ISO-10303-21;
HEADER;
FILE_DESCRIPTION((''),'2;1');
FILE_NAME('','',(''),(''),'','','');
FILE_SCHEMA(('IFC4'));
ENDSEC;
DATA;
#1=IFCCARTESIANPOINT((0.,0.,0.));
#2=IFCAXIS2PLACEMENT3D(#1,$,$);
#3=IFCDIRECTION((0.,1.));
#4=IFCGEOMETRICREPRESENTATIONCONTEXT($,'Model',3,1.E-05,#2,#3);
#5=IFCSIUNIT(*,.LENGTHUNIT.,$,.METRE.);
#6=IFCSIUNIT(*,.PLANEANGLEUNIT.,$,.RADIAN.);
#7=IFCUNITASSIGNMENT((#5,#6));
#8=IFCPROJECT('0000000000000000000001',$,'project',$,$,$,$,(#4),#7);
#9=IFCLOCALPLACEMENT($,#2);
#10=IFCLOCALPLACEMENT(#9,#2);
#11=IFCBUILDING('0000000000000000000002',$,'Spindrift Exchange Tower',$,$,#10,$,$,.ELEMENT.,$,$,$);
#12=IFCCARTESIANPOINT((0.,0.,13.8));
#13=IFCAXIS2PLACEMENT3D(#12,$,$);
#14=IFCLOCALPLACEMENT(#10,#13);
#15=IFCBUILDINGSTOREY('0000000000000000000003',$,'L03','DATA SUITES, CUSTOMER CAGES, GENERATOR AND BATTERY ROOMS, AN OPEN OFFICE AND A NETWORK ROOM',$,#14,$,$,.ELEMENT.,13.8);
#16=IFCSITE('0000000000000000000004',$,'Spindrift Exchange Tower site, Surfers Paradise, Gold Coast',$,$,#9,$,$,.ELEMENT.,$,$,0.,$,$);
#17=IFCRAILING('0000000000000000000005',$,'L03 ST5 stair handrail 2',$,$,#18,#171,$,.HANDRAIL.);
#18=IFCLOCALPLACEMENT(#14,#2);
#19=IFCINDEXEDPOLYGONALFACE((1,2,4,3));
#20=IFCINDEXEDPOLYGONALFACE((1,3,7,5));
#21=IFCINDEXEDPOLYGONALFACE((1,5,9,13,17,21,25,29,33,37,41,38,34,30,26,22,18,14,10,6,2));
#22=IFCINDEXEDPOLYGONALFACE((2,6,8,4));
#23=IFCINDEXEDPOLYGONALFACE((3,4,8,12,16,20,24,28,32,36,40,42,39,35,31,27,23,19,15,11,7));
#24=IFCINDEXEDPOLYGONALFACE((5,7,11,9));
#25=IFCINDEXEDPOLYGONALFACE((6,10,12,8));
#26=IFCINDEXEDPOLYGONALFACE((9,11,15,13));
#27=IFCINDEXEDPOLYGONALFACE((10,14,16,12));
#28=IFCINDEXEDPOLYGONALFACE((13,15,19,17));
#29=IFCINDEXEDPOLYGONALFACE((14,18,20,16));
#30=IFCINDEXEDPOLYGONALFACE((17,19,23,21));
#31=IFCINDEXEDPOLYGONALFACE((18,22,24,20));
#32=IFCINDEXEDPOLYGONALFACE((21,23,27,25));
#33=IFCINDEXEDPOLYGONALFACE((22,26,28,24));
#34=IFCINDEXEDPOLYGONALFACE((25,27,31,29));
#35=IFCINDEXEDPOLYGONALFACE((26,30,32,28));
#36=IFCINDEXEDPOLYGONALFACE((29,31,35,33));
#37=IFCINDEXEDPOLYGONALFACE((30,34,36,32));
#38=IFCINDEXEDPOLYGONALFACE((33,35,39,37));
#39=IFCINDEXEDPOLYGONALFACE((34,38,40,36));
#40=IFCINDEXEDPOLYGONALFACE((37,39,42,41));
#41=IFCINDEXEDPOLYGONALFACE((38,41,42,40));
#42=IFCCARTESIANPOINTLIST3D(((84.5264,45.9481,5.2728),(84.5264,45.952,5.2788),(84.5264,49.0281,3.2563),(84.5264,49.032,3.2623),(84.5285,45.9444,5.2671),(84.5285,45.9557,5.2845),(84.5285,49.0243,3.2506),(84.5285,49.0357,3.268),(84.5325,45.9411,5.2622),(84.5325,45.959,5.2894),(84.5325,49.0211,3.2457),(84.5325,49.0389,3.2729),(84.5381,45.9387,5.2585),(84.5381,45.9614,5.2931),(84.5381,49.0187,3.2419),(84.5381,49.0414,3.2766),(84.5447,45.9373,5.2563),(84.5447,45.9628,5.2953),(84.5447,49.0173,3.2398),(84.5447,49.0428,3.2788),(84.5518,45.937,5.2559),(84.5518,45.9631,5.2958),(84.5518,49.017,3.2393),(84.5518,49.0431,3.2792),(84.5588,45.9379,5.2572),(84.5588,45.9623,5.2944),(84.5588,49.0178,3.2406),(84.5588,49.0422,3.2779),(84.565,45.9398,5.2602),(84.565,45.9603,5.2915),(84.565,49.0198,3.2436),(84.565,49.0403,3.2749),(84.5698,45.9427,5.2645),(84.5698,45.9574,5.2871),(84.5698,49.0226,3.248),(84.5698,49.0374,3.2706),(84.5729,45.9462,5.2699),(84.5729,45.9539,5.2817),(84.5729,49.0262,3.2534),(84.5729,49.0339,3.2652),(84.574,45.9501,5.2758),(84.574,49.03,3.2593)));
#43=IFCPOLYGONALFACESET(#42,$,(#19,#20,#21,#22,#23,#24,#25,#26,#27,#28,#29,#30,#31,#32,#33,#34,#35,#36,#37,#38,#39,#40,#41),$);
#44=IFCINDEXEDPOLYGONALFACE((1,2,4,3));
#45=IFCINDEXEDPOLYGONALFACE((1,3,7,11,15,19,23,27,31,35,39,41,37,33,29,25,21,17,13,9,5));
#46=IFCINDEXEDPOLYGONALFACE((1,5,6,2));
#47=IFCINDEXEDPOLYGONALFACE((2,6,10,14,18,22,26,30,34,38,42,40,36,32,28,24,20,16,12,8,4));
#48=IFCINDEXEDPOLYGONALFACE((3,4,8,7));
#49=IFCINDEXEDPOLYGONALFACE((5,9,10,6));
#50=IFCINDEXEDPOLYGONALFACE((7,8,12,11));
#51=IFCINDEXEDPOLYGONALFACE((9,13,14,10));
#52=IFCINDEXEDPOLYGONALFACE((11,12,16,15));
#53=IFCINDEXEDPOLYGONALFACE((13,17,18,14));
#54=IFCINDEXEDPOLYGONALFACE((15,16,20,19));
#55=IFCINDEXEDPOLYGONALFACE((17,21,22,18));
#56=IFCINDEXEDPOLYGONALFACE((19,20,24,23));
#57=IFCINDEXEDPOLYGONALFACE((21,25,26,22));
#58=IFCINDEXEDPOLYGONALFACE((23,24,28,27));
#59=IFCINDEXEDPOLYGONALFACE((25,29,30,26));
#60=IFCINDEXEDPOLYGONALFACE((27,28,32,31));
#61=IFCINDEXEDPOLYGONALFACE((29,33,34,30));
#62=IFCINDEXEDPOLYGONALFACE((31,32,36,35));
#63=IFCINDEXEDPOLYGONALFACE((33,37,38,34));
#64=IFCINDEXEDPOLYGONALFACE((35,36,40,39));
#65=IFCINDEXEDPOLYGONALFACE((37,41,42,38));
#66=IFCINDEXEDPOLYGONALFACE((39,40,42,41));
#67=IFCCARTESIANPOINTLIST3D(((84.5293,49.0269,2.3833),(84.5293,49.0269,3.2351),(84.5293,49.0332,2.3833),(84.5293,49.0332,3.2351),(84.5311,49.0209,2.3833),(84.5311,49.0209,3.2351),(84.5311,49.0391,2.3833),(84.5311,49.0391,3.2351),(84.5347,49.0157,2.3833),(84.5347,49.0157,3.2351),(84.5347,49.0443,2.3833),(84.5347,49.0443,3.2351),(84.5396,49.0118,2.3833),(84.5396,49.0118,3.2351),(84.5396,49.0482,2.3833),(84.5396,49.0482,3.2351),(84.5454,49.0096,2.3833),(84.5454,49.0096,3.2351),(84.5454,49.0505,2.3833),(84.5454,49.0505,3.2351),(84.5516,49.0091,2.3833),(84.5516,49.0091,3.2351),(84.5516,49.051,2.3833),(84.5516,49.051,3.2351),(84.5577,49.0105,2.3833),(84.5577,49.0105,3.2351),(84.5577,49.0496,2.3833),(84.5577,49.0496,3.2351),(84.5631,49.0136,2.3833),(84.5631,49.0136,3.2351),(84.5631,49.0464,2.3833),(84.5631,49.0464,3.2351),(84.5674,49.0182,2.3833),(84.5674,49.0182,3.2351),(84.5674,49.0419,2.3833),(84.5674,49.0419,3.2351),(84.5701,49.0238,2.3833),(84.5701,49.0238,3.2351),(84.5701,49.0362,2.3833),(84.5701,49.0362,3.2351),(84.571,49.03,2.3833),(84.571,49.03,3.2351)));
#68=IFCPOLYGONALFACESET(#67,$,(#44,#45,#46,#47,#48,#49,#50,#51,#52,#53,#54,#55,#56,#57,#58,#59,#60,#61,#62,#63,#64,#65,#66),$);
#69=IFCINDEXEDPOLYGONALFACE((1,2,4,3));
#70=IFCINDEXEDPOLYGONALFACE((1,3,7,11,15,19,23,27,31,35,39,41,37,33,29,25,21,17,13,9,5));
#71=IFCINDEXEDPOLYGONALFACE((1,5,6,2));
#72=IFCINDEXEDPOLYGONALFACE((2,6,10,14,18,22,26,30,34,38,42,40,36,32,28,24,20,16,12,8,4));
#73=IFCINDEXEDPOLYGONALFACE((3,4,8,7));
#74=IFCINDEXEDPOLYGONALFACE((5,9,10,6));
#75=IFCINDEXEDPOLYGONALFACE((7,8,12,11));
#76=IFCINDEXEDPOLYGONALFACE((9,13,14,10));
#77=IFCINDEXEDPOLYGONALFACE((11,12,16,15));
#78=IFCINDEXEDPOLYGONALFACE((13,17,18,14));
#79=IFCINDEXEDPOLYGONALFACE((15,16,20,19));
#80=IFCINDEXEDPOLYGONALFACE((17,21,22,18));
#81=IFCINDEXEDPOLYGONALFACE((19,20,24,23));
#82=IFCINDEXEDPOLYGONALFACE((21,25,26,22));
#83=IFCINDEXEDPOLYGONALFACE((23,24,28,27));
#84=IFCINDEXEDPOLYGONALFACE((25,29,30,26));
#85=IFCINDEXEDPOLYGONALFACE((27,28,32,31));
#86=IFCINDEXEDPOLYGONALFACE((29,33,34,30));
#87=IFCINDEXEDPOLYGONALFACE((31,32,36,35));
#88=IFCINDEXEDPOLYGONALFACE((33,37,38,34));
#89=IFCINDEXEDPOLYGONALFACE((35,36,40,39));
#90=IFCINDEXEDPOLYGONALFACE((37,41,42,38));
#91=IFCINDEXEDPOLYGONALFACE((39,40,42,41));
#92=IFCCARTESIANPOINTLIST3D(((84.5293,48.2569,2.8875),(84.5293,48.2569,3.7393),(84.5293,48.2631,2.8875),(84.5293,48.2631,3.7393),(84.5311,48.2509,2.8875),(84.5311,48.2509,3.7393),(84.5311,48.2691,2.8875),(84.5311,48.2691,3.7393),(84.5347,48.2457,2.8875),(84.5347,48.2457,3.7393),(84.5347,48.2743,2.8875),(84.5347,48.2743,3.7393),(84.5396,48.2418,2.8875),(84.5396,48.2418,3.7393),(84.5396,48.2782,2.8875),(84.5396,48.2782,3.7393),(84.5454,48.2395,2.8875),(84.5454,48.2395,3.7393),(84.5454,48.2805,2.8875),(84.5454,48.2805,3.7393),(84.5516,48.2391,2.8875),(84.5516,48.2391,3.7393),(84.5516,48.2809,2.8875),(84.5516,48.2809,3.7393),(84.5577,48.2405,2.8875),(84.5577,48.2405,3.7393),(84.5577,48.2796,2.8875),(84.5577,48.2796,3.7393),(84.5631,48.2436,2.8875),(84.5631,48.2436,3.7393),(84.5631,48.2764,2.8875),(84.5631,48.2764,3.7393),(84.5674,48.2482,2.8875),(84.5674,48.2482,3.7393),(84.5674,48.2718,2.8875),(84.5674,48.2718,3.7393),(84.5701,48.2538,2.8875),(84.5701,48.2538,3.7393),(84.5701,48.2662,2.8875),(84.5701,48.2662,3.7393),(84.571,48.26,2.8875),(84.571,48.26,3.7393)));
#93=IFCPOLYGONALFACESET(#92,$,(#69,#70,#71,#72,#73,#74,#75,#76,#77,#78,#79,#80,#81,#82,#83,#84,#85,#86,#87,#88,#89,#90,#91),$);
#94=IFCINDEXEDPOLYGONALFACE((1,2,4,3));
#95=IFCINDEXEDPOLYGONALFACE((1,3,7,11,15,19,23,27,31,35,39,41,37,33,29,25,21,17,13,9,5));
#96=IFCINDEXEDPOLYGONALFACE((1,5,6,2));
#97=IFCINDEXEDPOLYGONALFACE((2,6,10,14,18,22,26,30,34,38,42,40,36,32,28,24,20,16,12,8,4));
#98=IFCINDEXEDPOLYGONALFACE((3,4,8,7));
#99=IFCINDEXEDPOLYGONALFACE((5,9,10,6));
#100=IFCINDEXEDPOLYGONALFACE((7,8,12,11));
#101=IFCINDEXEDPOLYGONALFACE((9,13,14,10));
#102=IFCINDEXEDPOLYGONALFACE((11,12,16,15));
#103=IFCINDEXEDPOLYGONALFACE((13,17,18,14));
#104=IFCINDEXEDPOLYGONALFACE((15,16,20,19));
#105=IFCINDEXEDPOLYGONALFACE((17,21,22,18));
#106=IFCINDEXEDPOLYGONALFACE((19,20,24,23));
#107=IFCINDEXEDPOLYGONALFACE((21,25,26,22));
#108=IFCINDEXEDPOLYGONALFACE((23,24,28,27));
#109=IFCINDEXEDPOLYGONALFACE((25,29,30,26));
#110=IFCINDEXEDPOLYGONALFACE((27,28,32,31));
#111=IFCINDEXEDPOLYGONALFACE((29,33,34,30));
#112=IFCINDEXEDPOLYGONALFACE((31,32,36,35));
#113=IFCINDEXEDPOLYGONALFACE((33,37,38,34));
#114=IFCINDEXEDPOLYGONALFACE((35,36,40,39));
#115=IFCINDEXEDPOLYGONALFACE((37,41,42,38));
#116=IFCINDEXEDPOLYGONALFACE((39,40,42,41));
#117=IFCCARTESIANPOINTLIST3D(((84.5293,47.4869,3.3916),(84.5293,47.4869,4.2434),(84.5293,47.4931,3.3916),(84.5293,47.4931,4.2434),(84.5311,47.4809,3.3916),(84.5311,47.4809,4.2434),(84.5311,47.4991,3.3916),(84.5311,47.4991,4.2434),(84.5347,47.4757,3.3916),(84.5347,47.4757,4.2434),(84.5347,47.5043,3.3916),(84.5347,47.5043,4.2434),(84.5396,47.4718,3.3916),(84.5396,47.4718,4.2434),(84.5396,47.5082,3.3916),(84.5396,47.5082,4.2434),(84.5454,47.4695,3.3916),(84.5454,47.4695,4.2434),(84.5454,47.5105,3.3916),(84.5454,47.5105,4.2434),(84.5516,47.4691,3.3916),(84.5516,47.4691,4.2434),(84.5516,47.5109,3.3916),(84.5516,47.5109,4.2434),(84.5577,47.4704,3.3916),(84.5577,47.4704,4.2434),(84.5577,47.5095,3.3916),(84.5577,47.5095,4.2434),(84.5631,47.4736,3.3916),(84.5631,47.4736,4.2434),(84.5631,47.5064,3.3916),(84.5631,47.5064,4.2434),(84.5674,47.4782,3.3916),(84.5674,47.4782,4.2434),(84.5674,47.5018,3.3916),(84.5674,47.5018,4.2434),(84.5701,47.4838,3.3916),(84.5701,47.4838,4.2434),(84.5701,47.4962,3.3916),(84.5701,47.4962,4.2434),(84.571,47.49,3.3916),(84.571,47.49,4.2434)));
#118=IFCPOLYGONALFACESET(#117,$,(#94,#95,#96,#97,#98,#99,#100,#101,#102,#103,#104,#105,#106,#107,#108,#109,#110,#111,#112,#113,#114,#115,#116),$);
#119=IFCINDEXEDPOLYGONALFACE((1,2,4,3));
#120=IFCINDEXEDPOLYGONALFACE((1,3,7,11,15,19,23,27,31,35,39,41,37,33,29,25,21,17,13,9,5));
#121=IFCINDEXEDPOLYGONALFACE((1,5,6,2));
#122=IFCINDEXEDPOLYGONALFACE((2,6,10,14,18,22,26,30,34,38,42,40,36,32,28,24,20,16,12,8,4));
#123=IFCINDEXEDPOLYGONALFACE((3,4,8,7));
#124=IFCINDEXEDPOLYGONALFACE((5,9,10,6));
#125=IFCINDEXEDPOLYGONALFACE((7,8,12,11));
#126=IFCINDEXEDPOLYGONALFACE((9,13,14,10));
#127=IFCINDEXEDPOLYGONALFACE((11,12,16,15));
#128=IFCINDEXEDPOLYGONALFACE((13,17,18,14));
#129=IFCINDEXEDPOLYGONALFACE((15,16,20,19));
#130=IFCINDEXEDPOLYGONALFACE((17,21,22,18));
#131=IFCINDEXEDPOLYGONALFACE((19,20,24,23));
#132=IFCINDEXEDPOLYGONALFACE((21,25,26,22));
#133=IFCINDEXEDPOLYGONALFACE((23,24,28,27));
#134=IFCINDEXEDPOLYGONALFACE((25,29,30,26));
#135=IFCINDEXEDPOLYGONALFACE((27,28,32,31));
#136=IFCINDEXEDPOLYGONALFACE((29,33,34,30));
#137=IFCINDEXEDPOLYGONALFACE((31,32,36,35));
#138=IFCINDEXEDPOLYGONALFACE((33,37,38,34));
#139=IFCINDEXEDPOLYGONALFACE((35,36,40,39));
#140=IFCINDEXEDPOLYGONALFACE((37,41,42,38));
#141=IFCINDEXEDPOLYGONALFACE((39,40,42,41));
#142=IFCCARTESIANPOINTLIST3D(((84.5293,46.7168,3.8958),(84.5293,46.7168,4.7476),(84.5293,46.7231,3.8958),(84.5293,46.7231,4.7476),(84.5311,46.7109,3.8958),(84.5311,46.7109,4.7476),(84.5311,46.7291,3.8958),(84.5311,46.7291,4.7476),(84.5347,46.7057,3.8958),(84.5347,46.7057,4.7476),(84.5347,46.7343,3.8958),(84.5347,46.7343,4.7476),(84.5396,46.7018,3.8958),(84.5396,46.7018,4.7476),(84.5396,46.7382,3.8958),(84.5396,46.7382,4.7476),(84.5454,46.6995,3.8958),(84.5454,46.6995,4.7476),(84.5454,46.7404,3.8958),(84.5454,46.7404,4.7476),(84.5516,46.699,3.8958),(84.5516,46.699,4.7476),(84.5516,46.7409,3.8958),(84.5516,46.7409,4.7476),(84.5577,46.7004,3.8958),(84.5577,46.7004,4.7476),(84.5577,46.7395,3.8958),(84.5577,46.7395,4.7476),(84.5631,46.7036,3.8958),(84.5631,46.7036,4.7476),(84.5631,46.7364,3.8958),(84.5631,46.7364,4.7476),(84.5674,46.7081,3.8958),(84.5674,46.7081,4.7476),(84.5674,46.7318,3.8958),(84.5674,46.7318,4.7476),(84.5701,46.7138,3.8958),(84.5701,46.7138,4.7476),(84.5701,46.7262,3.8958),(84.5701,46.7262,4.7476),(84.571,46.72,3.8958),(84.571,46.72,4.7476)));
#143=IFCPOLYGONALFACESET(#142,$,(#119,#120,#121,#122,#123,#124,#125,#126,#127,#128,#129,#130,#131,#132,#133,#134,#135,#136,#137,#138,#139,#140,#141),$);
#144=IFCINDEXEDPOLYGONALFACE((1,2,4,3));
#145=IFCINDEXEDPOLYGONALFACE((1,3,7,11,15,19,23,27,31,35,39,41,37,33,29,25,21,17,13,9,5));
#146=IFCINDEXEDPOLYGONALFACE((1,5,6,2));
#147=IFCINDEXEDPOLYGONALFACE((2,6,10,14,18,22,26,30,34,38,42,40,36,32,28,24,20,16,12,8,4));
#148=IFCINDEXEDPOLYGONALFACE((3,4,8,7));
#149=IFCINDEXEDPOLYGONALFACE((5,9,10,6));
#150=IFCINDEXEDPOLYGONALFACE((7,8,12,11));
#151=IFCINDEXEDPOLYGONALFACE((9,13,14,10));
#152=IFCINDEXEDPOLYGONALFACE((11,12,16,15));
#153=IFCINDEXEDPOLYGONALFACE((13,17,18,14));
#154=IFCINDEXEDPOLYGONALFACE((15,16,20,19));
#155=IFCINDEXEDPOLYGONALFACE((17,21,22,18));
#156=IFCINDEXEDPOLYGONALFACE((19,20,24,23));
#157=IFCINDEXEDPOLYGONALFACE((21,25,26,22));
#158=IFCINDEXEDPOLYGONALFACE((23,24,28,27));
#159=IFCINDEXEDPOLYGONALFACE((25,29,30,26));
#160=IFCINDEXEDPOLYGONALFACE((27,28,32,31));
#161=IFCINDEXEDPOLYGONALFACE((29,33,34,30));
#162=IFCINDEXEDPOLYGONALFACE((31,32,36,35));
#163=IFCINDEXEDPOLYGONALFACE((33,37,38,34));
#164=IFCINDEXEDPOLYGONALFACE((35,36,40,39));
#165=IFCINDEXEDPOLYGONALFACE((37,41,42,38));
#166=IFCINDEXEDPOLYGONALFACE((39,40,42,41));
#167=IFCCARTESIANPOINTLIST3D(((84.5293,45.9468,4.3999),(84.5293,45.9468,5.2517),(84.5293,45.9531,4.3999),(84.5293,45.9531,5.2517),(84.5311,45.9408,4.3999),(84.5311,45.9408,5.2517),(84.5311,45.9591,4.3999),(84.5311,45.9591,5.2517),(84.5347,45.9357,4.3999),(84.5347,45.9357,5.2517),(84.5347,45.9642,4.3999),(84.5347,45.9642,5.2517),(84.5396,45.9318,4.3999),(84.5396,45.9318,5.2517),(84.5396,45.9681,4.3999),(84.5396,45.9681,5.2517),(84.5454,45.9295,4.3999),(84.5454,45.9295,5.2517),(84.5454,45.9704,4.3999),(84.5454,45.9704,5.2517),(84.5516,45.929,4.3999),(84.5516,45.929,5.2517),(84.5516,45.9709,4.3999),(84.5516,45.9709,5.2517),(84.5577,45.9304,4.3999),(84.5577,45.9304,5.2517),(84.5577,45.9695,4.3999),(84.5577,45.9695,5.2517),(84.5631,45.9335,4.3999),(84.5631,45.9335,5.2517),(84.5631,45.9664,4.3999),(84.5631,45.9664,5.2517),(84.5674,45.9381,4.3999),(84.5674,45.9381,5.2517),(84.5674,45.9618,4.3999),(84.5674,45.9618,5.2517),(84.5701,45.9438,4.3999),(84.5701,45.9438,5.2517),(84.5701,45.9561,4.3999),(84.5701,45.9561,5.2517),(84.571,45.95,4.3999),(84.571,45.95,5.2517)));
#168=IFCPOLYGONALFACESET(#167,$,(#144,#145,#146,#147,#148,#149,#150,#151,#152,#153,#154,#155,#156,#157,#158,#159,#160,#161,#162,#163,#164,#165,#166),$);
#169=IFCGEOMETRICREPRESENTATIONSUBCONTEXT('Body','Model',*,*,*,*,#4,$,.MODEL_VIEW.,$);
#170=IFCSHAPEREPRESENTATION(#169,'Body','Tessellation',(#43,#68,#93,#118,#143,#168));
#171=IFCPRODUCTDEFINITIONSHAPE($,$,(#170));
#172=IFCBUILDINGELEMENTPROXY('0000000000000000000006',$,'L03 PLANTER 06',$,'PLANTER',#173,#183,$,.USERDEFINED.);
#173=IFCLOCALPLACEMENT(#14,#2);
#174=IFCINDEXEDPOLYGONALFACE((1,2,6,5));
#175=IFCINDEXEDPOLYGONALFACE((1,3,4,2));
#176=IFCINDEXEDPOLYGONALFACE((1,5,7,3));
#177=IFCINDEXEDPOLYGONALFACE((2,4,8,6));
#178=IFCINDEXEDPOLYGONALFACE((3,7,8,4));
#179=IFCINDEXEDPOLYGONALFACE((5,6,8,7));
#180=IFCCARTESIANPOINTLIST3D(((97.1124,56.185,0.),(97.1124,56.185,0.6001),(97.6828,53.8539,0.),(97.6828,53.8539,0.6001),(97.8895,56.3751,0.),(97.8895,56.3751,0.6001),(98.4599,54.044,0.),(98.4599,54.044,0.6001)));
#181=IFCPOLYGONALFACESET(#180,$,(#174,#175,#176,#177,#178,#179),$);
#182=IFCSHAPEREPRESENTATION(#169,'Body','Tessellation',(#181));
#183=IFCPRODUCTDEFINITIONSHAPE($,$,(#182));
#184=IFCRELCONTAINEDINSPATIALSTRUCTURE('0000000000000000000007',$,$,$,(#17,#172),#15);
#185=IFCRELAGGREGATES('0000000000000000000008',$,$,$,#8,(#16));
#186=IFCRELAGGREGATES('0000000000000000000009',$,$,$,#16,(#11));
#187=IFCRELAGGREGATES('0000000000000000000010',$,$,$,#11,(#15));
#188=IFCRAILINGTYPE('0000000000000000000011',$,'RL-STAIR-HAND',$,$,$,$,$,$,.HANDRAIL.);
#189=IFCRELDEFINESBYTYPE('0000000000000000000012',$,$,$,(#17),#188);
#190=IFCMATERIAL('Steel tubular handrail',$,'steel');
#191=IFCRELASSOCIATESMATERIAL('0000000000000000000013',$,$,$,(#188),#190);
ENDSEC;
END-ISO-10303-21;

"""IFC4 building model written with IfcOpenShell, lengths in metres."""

from ifc_helpers import new_model, si_unit, direction, frame, origin, origin_2d, place, context, subcontext, project, spatial, rectangle, circle, extrude, source, transform, mapped, material, type_object, element, save


model = new_model("IFC4")

# Units and contexts
model_context = context("Model", 3, precision=1e-05, world=origin(), true_north=direction((0.0, 1.0)))
body_context = subcontext(model_context, "Body", "Model", "MODEL_VIEW")
ifc_project = project(units=[si_unit("LENGTHUNIT", "METRE"), si_unit("PLANEANGLEUNIT", "RADIAN")], contexts=[model_context])

# Site, building, storey
site_placement = place(None, origin())
site = spatial("IfcSite", under=ifc_project, at=site_placement, Name="Spindrift Exchange Tower site, Surfers Paradise, Gold Coast", CompositionType="ELEMENT", RefElevation=0.0)
building_placement = place(site_placement, origin())
building = spatial("IfcBuilding", under=site, at=building_placement, Name="Spindrift Exchange Tower", CompositionType="ELEMENT")
storey_placement = place(building_placement, frame((0.0, 0.0, 13.8)))
storey = spatial("IfcBuildingStorey", under=building, at=storey_placement, Name="L03", Description="DATA SUITES, CUSTOMER CAGES, GENERATOR AND BATTERY ROOMS, AN OPEN OFFICE AND A NETWORK ROOM", CompositionType="ELEMENT", Elevation=13.8)

# Railing
ifc_material_1 = material(Name="Steel tubular handrail", Category="steel")
railing_type_1 = type_object("IfcRailingType", Name="RL-STAIR-HAND", PredefinedType="HANDRAIL", material=ifc_material_1)
railing_1_placement = place(storey_placement, frame((84.55, 49.03, 2.3833)))
element("IfcRailing", 1, at=railing_1_placement, inside=storey, type_object=railing_type_1, Name="L03 ST5 stair handrail 2", PredefinedType="HANDRAIL", context=body_context, shape_type="SweptSolid", body=[
    extrude(circle(Radius=0.0239, at=origin_2d()), frame((0.0, 0.0, 0.876), z_axis=(0.0, -0.836633, 0.547764), x_axis=(1.0, 0.0, 0.0)), (0.0, 0.0, 1.0), 3.6814),
    extrude(circle(Radius=0.021, at=origin_2d()), origin(), (0.0, 0.0, 1.0), 0.8518),
    extrude(circle(Radius=0.021, at=origin_2d()), frame((0.0, -0.77, 0.5042)), (0.0, 0.0, 1.0), 0.8518),
    extrude(circle(Radius=0.021, at=origin_2d()), frame((0.0, -1.54, 1.0083)), (0.0, 0.0, 1.0), 0.8518),
    extrude(circle(Radius=0.021, at=origin_2d()), frame((0.0, -2.3101, 1.5125)), (0.0, 0.0, 1.0), 0.8518),
    extrude(circle(Radius=0.021, at=origin_2d()), frame((0.0, -3.0801, 2.0166)), (0.0, 0.0, 1.0), 0.8518),
])

# Building element proxy
shared_shape_1 = source(origin(), body_context, "Body", "SweptSolid", [
    extrude(rectangle(XDim=2.3999, YDim=0.8, at=origin_2d()), origin(), (0.0, 0.0, 1.0), 0.6001),
])
proxy_placement = place(storey_placement, frame((97.7861, 55.1145, 0.0), z_axis=(0.0, 0.0, 1.0), x_axis=(0.237662, -0.971348, 0.0)))
element("IfcBuildingElementProxy", 2, at=proxy_placement, inside=storey, Name="L03 PLANTER 06", ObjectType="PLANTER", PredefinedType="USERDEFINED", context=body_context, shape_type="MappedRepresentation", body=[
    mapped(shared_shape_1, transform((0.0, 0.0, 0.0), scale=1.0)),
])

save(model, "model.ifc")
